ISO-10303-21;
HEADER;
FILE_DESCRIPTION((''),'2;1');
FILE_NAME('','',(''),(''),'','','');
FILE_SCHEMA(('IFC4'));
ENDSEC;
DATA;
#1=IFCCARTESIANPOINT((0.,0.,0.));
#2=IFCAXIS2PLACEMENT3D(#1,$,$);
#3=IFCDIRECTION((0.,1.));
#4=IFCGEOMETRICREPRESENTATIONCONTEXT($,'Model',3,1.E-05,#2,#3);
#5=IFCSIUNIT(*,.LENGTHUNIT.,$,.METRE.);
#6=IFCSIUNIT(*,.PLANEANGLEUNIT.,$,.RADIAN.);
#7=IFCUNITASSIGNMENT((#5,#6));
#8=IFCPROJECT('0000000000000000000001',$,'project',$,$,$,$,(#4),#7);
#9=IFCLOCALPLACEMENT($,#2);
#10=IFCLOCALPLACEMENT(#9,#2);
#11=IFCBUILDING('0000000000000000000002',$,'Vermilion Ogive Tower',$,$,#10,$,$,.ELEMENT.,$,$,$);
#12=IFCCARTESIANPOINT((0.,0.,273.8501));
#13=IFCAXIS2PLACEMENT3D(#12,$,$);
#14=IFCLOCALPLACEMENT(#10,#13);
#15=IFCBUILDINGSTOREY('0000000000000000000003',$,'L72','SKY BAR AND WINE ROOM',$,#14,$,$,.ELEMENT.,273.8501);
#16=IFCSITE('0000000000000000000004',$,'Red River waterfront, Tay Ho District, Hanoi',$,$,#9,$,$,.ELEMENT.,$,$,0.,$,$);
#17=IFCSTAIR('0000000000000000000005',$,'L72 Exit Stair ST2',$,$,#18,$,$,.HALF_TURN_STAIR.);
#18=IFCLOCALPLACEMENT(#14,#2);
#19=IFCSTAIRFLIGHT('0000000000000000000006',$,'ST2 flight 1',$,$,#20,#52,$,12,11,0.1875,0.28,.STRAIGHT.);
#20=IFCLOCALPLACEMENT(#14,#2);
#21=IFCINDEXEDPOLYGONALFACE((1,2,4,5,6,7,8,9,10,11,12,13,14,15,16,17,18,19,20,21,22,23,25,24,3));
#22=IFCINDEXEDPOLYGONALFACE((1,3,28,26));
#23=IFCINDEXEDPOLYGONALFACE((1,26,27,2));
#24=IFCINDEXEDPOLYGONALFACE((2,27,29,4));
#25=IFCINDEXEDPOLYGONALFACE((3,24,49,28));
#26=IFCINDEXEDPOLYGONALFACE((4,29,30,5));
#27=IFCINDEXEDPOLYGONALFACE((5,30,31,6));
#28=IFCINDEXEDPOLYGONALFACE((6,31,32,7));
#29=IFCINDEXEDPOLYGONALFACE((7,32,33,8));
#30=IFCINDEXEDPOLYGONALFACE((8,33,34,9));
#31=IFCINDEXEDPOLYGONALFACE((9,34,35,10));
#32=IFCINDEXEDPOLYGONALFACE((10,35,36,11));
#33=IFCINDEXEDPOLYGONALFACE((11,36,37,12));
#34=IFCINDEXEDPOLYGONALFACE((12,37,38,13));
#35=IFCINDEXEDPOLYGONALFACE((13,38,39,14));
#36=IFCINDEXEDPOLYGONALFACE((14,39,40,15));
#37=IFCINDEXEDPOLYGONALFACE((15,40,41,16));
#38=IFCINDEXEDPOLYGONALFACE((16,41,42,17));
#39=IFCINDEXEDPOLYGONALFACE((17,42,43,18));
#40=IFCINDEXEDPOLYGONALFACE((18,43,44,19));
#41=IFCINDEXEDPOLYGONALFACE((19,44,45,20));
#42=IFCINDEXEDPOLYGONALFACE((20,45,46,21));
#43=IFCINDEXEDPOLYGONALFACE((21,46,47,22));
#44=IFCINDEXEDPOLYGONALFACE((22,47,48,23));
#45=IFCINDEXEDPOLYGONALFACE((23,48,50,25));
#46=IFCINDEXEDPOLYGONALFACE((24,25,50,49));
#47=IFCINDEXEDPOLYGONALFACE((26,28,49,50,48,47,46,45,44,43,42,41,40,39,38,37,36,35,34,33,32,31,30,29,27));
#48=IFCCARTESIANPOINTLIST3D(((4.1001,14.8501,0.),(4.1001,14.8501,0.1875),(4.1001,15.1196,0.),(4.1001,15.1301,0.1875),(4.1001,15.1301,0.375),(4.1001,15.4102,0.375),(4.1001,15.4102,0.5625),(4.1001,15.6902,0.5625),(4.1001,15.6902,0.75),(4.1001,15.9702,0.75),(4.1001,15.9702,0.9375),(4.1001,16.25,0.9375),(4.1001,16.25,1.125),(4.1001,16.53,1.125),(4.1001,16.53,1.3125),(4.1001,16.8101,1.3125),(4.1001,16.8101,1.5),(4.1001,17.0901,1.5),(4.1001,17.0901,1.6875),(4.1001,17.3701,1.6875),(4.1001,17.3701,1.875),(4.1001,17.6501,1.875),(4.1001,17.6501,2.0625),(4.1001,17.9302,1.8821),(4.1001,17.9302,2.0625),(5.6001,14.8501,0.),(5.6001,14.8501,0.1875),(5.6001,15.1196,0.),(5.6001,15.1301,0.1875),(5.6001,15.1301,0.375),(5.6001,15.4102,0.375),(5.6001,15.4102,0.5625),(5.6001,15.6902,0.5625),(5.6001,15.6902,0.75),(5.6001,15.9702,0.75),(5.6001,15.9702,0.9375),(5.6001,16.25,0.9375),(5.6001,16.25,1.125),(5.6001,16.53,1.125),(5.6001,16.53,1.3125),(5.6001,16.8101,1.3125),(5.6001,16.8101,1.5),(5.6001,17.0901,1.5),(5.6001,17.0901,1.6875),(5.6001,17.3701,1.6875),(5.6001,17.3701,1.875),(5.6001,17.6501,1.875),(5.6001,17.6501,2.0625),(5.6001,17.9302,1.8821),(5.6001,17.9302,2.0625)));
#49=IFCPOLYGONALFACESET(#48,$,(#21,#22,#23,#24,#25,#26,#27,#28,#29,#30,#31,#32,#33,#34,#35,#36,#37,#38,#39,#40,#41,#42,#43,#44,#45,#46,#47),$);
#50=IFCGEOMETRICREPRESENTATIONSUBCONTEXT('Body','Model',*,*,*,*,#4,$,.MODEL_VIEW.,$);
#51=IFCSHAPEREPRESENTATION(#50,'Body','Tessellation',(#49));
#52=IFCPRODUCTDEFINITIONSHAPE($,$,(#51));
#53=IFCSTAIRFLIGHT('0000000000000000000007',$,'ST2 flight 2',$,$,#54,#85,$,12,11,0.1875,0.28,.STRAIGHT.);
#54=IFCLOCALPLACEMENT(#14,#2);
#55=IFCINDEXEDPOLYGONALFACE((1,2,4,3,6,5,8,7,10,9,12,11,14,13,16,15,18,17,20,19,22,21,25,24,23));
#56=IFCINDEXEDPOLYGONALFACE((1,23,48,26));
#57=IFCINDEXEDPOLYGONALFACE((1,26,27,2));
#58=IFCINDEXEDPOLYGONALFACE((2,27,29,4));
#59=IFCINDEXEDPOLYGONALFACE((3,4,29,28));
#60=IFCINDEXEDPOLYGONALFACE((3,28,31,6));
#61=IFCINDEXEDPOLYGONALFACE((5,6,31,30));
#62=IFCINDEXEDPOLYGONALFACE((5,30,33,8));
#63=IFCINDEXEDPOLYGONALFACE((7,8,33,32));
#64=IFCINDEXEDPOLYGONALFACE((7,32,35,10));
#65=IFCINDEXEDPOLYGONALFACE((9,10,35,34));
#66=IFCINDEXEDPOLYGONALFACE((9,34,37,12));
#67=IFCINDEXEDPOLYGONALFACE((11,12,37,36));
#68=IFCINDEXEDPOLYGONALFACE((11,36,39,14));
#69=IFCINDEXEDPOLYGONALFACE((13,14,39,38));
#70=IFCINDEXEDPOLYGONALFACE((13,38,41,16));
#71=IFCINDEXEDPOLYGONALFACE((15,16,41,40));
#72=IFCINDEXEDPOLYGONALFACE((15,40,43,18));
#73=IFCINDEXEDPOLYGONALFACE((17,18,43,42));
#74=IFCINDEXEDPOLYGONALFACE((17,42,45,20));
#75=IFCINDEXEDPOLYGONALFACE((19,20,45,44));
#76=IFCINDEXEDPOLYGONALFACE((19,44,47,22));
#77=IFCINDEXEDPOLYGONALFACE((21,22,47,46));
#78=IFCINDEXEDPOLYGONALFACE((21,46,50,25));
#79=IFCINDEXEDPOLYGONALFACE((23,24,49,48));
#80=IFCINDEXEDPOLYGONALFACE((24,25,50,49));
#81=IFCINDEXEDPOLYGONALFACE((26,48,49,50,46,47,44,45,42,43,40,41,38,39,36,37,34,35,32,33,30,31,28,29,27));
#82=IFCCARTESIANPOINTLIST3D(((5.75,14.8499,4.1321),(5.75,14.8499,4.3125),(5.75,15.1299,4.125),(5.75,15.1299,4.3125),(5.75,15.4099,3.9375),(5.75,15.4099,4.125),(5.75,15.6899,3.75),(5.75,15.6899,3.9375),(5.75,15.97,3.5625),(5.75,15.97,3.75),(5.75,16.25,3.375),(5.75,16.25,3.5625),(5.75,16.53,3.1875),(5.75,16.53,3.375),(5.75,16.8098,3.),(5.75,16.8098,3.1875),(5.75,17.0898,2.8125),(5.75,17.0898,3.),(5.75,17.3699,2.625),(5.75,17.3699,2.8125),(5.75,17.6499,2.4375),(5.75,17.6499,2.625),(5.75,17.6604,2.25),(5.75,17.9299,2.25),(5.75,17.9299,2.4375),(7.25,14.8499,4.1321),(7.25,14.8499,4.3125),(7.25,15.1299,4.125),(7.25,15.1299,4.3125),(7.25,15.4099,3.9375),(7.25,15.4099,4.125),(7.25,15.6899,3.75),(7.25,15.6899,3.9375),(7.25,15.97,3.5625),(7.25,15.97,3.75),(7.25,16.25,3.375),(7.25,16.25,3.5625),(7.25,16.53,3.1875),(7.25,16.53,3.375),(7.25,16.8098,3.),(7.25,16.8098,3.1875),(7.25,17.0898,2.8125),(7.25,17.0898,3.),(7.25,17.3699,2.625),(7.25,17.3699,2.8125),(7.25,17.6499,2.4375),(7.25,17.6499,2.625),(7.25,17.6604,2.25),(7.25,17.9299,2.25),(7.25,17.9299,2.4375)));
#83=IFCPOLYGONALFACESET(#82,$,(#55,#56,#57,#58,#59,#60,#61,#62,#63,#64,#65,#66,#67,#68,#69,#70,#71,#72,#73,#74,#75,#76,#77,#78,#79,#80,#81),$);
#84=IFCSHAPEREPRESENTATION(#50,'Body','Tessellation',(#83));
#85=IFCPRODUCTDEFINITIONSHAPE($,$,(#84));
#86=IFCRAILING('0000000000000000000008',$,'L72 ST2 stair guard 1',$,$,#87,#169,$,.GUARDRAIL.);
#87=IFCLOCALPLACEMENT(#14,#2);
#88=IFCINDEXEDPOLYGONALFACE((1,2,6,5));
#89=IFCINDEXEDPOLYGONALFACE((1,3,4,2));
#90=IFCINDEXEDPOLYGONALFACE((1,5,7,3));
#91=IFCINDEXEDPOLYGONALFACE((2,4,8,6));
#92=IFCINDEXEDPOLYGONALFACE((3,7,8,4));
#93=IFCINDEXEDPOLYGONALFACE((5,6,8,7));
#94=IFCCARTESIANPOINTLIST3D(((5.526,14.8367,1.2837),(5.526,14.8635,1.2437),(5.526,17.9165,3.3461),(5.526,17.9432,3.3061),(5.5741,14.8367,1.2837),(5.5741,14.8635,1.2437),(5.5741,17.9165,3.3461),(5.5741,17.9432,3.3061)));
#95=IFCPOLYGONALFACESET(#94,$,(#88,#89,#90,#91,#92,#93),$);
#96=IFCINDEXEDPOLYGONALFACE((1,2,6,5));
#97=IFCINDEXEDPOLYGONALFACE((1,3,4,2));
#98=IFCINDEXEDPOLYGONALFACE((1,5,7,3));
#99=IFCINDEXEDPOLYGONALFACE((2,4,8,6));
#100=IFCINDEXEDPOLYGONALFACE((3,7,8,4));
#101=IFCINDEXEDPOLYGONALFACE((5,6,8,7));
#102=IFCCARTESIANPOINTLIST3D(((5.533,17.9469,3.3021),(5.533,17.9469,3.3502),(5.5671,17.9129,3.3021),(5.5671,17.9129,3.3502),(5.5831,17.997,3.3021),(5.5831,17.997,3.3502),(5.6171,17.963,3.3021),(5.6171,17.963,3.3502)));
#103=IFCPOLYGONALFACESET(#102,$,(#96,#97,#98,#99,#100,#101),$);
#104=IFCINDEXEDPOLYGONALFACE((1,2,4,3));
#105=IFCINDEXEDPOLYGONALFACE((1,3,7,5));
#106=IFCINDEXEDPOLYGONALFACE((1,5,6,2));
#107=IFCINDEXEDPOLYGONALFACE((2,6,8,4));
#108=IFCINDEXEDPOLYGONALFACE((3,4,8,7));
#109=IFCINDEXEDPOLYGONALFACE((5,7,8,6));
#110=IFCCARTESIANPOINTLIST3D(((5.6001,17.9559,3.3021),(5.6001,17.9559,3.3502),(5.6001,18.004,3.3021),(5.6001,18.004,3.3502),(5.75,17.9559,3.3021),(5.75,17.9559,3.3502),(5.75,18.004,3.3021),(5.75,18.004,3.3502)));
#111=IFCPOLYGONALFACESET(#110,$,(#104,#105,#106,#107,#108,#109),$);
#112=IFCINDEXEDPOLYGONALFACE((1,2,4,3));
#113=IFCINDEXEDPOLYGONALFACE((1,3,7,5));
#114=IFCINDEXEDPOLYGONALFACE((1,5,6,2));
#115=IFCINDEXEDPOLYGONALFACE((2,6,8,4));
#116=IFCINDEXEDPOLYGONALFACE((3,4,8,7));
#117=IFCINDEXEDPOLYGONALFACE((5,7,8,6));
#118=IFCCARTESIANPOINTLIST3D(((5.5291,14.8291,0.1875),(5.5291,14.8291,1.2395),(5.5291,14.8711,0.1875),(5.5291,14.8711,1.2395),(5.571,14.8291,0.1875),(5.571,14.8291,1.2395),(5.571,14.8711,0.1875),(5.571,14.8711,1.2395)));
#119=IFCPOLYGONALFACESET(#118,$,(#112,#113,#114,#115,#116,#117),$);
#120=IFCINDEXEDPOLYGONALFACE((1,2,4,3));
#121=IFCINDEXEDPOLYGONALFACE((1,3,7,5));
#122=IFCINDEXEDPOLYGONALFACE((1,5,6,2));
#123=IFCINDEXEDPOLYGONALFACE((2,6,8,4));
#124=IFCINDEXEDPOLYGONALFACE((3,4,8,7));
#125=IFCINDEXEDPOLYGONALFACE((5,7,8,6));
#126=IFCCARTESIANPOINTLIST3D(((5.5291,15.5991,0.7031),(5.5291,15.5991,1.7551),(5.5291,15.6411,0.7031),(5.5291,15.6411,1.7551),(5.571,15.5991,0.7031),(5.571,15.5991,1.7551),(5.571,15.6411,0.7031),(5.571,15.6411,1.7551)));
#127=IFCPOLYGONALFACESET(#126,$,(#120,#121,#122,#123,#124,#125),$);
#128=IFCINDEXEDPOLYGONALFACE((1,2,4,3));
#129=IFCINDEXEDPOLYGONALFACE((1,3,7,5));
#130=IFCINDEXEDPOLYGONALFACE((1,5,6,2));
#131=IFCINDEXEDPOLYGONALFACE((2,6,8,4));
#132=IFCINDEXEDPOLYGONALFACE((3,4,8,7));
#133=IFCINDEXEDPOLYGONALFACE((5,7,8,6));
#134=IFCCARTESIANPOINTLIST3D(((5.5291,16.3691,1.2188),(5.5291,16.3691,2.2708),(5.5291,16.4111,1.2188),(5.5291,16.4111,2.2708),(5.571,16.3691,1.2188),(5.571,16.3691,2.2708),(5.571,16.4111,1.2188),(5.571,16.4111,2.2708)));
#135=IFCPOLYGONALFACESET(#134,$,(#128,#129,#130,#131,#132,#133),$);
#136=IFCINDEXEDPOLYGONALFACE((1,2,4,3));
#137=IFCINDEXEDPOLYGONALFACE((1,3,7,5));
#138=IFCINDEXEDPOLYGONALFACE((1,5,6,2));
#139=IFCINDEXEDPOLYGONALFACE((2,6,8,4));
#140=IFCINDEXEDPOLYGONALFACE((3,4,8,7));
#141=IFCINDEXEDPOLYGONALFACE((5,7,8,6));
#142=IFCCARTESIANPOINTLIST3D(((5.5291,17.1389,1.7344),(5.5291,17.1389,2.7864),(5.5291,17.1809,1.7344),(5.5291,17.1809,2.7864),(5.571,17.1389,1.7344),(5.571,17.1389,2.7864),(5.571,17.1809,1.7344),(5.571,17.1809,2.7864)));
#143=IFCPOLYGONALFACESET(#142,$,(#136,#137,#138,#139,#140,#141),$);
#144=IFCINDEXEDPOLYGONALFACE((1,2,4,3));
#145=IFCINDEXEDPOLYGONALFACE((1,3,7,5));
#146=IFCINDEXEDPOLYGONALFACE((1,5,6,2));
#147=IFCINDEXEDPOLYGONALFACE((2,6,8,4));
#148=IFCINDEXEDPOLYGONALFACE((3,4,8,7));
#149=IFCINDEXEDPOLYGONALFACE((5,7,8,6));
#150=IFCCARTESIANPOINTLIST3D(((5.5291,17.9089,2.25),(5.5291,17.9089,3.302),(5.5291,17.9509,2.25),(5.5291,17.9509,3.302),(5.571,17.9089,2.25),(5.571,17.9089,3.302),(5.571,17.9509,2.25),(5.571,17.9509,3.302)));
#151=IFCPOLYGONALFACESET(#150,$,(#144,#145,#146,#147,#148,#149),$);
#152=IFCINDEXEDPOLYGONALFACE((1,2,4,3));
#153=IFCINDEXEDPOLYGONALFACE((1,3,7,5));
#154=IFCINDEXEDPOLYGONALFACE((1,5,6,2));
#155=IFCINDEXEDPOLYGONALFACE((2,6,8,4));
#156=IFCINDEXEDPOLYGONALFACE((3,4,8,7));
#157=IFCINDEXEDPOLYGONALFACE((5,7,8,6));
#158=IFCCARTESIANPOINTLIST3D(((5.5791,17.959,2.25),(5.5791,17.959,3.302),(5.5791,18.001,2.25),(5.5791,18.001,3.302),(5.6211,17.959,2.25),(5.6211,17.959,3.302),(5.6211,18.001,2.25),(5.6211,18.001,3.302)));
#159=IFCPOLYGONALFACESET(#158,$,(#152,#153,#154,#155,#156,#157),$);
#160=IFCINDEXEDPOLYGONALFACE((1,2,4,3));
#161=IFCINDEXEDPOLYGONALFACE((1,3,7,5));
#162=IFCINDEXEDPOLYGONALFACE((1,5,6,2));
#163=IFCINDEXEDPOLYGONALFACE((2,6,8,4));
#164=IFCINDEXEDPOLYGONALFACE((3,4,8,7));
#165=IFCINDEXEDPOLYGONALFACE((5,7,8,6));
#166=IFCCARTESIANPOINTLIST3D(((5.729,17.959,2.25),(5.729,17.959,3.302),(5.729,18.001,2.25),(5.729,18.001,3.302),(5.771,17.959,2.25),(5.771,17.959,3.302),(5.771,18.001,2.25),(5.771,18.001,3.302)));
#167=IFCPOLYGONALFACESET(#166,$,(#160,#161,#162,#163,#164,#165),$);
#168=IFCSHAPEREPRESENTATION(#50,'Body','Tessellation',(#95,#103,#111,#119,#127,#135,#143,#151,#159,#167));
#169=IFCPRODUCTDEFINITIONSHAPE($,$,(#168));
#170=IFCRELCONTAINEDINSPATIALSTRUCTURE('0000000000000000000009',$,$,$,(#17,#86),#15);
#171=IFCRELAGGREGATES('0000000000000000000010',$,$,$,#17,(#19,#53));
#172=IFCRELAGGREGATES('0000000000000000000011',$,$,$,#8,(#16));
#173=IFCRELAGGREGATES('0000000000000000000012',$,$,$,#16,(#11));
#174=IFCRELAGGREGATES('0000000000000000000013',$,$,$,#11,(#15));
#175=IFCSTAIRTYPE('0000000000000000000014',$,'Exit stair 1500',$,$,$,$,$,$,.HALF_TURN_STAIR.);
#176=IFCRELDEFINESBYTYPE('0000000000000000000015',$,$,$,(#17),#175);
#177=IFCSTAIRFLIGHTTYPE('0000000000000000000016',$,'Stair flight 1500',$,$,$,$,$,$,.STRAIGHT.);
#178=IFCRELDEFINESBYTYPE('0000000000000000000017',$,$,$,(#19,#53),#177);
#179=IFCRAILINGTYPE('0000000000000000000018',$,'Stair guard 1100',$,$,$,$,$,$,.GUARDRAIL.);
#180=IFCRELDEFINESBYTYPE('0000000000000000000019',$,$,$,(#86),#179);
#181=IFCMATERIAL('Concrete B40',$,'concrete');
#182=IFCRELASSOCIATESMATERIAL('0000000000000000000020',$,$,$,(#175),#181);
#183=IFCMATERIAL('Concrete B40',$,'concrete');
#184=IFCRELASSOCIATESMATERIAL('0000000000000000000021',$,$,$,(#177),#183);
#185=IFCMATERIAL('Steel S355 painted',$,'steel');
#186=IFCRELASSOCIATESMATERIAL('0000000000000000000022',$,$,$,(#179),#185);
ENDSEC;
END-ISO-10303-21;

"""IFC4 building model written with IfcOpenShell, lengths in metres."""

from ifc_helpers import new_model, si_unit, direction, frame, origin, origin_2d, place, context, subcontext, project, spatial, polyline, rectangle, outline, extrude, material, type_object, element, aggregate, save


model = new_model("IFC4")

# Units and contexts
model_context = context("Model", 3, precision=1e-05, world=origin(), true_north=direction((0.0, 1.0)))
body_context = subcontext(model_context, "Body", "Model", "MODEL_VIEW")
ifc_project = project(units=[si_unit("LENGTHUNIT", "METRE"), si_unit("PLANEANGLEUNIT", "RADIAN")], contexts=[model_context])

# Site, building, storey
site_placement = place(None, origin())
site = spatial("IfcSite", under=ifc_project, at=site_placement, Name="Red River waterfront, Tay Ho District, Hanoi", CompositionType="ELEMENT", RefElevation=0.0)
building_placement = place(site_placement, origin())
building = spatial("IfcBuilding", under=site, at=building_placement, Name="Vermilion Ogive Tower", CompositionType="ELEMENT")
storey_placement = place(building_placement, frame((0.0, 0.0, 273.8501)))
storey = spatial("IfcBuildingStorey", under=building, at=storey_placement, Name="L72", Description="SKY BAR AND WINE ROOM", CompositionType="ELEMENT", Elevation=273.8501)

# Stair, stair flights
ifc_material_1 = material(Name="Concrete B40", Category="concrete")
stair_type = type_object("IfcStairType", Name="Exit stair 1500", PredefinedType="HALF_TURN_STAIR", material=ifc_material_1)
stair_placement = place(storey_placement, origin())
stair = element("IfcStair", 1, at=stair_placement, inside=storey, type_object=stair_type, Name="L72 Exit Stair ST2", PredefinedType="HALF_TURN_STAIR")
ifc_material_2 = material(Name="Concrete B40", Category="concrete")
stair_flight_type = type_object("IfcStairFlightType", Name="Stair flight 1500", PredefinedType="STRAIGHT", material=ifc_material_2)
stair_flight_1_placement = place(storey_placement, frame((4.8501, 14.8501, 0.0), z_axis=(0.0, 0.0, 1.0), x_axis=(0.0, 1.0, 0.0)))
stair_flight_1 = element("IfcStairFlight", 2, at=stair_flight_1_placement, type_object=stair_flight_type, Name="ST2 flight 1", NumberOfRisers=12, NumberOfTreads=11, PredefinedType="STRAIGHT", RiserHeight=0.1875, TreadLength=0.28, context=body_context, shape_type="SweptSolid", body=[
    extrude(outline(polyline([(0.0, 0.0), (0.0, 0.1875), (0.28, 0.1875), (0.28, 0.375), (0.5601, 0.375), (0.5601, 0.5625), (0.8401, 0.5625), (0.8401, 0.75), (1.1201, 0.75), (1.1201, 0.9375), (1.3999, 0.9375), (1.3999, 1.125), (1.6799, 1.125), (1.6799, 1.3125), (1.96, 1.3125), (1.96, 1.5), (2.24, 1.5), (2.24, 1.6875), (2.52, 1.6875), (2.52, 1.875), (2.8, 1.875), (2.8, 2.0625), (3.0801, 2.0625), (3.0801, 2.25), (3.0801, 1.8821), (0.2695, 0.0), (0.0, 0.0)])), frame((0.0, 0.75, 0.0), z_axis=(0.0, -1.0, 0.0), x_axis=(1.0, 0.0, 0.0)), (0.0, 0.0, 1.0), 1.5),
])
stair_flight_2_placement = place(storey_placement, frame((6.5, 17.9299, 2.25), z_axis=(0.0, 0.0, 1.0), x_axis=(0.0, -1.0, 0.0)))
stair_flight_2 = element("IfcStairFlight", 3, at=stair_flight_2_placement, type_object=stair_flight_type, Name="ST2 flight 2", NumberOfRisers=12, NumberOfTreads=11, PredefinedType="STRAIGHT", RiserHeight=0.1875, TreadLength=0.28, context=body_context, shape_type="SweptSolid", body=[
    extrude(outline(polyline([(0.0, 0.0), (0.0, 0.1875), (0.28, 0.1875), (0.28, 0.375), (0.5601, 0.375), (0.5601, 0.5625), (0.8401, 0.5625), (0.8401, 0.75), (1.1201, 0.75), (1.1201, 0.9375), (1.3999, 0.9375), (1.3999, 1.125), (1.6799, 1.125), (1.6799, 1.3125), (1.96, 1.3125), (1.96, 1.5), (2.24, 1.5), (2.24, 1.6875), (2.52, 1.6875), (2.52, 1.875), (2.8, 1.875), (2.8, 2.0625), (3.0801, 2.0625), (3.0801, 2.25), (3.0801, 1.8821), (0.2695, 0.0), (0.0, 0.0)])), frame((0.0, 0.75, 0.0), z_axis=(0.0, -1.0, 0.0), x_axis=(1.0, 0.0, 0.0)), (0.0, 0.0, 1.0), 1.5),
])
aggregate(stair, [stair_flight_1, stair_flight_2])

# Railing
ifc_material_3 = material(Name="Steel S355 painted", Category="steel")
railing_type_1 = type_object("IfcRailingType", Name="Stair guard 1100", PredefinedType="GUARDRAIL", material=ifc_material_3)
railing_1_placement = place(storey_placement, frame((5.55, 14.8501, 0.1875)))
element("IfcRailing", 4, at=railing_1_placement, inside=storey, type_object=railing_type_1, Name="L72 ST2 stair guard 1", PredefinedType="GUARDRAIL", context=body_context, shape_type="SweptSolid", body=[
    extrude(rectangle(XDim=0.0481, YDim=0.0481, at=origin_2d()), frame((0.0, 0.0, 1.0762), z_axis=(0.0, 0.830893, 0.556432), x_axis=(-1.0, 0.0, 0.0)), (0.0, 0.0, 1.0), 3.7065),
    extrude(rectangle(XDim=0.0481, YDim=0.0481, at=origin_2d()), frame((0.0, 3.0798, 3.1387), z_axis=(0.707107, 0.707107, 0.0), x_axis=(-0.707107, 0.707107, 0.0)), (0.0, 0.0, 1.0), 0.0708),
    extrude(rectangle(XDim=0.0481, YDim=0.0481, at=origin_2d()), frame((0.05, 3.1299, 3.1387), z_axis=(1.0, 0.0, 0.0), x_axis=(0.0, 1.0, 0.0)), (0.0, 0.0, 1.0), 0.1499),
    extrude(rectangle(XDim=0.042, YDim=0.042, at=origin_2d()), origin(), (0.0, 0.0, 1.0), 1.052),
    extrude(rectangle(XDim=0.042, YDim=0.042, at=origin_2d()), frame((0.0, 0.77, 0.5156)), (0.0, 0.0, 1.0), 1.052),
    extrude(rectangle(XDim=0.042, YDim=0.042, at=origin_2d()), frame((0.0, 1.54, 1.0312)), (0.0, 0.0, 1.0), 1.052),
    extrude(rectangle(XDim=0.042, YDim=0.042, at=origin_2d()), frame((0.0, 2.3098, 1.5469)), (0.0, 0.0, 1.0), 1.052),
    extrude(rectangle(XDim=0.042, YDim=0.042, at=origin_2d()), frame((0.0, 3.0798, 2.0625)), (0.0, 0.0, 1.0), 1.052),
    extrude(rectangle(XDim=0.042, YDim=0.042, at=origin_2d()), frame((0.05, 3.1299, 2.0625)), (0.0, 0.0, 1.0), 1.052),
    extrude(rectangle(XDim=0.042, YDim=0.042, at=origin_2d()), frame((0.2, 3.1299, 2.0625)), (0.0, 0.0, 1.0), 1.052),
])

save(model, "model.ifc")
